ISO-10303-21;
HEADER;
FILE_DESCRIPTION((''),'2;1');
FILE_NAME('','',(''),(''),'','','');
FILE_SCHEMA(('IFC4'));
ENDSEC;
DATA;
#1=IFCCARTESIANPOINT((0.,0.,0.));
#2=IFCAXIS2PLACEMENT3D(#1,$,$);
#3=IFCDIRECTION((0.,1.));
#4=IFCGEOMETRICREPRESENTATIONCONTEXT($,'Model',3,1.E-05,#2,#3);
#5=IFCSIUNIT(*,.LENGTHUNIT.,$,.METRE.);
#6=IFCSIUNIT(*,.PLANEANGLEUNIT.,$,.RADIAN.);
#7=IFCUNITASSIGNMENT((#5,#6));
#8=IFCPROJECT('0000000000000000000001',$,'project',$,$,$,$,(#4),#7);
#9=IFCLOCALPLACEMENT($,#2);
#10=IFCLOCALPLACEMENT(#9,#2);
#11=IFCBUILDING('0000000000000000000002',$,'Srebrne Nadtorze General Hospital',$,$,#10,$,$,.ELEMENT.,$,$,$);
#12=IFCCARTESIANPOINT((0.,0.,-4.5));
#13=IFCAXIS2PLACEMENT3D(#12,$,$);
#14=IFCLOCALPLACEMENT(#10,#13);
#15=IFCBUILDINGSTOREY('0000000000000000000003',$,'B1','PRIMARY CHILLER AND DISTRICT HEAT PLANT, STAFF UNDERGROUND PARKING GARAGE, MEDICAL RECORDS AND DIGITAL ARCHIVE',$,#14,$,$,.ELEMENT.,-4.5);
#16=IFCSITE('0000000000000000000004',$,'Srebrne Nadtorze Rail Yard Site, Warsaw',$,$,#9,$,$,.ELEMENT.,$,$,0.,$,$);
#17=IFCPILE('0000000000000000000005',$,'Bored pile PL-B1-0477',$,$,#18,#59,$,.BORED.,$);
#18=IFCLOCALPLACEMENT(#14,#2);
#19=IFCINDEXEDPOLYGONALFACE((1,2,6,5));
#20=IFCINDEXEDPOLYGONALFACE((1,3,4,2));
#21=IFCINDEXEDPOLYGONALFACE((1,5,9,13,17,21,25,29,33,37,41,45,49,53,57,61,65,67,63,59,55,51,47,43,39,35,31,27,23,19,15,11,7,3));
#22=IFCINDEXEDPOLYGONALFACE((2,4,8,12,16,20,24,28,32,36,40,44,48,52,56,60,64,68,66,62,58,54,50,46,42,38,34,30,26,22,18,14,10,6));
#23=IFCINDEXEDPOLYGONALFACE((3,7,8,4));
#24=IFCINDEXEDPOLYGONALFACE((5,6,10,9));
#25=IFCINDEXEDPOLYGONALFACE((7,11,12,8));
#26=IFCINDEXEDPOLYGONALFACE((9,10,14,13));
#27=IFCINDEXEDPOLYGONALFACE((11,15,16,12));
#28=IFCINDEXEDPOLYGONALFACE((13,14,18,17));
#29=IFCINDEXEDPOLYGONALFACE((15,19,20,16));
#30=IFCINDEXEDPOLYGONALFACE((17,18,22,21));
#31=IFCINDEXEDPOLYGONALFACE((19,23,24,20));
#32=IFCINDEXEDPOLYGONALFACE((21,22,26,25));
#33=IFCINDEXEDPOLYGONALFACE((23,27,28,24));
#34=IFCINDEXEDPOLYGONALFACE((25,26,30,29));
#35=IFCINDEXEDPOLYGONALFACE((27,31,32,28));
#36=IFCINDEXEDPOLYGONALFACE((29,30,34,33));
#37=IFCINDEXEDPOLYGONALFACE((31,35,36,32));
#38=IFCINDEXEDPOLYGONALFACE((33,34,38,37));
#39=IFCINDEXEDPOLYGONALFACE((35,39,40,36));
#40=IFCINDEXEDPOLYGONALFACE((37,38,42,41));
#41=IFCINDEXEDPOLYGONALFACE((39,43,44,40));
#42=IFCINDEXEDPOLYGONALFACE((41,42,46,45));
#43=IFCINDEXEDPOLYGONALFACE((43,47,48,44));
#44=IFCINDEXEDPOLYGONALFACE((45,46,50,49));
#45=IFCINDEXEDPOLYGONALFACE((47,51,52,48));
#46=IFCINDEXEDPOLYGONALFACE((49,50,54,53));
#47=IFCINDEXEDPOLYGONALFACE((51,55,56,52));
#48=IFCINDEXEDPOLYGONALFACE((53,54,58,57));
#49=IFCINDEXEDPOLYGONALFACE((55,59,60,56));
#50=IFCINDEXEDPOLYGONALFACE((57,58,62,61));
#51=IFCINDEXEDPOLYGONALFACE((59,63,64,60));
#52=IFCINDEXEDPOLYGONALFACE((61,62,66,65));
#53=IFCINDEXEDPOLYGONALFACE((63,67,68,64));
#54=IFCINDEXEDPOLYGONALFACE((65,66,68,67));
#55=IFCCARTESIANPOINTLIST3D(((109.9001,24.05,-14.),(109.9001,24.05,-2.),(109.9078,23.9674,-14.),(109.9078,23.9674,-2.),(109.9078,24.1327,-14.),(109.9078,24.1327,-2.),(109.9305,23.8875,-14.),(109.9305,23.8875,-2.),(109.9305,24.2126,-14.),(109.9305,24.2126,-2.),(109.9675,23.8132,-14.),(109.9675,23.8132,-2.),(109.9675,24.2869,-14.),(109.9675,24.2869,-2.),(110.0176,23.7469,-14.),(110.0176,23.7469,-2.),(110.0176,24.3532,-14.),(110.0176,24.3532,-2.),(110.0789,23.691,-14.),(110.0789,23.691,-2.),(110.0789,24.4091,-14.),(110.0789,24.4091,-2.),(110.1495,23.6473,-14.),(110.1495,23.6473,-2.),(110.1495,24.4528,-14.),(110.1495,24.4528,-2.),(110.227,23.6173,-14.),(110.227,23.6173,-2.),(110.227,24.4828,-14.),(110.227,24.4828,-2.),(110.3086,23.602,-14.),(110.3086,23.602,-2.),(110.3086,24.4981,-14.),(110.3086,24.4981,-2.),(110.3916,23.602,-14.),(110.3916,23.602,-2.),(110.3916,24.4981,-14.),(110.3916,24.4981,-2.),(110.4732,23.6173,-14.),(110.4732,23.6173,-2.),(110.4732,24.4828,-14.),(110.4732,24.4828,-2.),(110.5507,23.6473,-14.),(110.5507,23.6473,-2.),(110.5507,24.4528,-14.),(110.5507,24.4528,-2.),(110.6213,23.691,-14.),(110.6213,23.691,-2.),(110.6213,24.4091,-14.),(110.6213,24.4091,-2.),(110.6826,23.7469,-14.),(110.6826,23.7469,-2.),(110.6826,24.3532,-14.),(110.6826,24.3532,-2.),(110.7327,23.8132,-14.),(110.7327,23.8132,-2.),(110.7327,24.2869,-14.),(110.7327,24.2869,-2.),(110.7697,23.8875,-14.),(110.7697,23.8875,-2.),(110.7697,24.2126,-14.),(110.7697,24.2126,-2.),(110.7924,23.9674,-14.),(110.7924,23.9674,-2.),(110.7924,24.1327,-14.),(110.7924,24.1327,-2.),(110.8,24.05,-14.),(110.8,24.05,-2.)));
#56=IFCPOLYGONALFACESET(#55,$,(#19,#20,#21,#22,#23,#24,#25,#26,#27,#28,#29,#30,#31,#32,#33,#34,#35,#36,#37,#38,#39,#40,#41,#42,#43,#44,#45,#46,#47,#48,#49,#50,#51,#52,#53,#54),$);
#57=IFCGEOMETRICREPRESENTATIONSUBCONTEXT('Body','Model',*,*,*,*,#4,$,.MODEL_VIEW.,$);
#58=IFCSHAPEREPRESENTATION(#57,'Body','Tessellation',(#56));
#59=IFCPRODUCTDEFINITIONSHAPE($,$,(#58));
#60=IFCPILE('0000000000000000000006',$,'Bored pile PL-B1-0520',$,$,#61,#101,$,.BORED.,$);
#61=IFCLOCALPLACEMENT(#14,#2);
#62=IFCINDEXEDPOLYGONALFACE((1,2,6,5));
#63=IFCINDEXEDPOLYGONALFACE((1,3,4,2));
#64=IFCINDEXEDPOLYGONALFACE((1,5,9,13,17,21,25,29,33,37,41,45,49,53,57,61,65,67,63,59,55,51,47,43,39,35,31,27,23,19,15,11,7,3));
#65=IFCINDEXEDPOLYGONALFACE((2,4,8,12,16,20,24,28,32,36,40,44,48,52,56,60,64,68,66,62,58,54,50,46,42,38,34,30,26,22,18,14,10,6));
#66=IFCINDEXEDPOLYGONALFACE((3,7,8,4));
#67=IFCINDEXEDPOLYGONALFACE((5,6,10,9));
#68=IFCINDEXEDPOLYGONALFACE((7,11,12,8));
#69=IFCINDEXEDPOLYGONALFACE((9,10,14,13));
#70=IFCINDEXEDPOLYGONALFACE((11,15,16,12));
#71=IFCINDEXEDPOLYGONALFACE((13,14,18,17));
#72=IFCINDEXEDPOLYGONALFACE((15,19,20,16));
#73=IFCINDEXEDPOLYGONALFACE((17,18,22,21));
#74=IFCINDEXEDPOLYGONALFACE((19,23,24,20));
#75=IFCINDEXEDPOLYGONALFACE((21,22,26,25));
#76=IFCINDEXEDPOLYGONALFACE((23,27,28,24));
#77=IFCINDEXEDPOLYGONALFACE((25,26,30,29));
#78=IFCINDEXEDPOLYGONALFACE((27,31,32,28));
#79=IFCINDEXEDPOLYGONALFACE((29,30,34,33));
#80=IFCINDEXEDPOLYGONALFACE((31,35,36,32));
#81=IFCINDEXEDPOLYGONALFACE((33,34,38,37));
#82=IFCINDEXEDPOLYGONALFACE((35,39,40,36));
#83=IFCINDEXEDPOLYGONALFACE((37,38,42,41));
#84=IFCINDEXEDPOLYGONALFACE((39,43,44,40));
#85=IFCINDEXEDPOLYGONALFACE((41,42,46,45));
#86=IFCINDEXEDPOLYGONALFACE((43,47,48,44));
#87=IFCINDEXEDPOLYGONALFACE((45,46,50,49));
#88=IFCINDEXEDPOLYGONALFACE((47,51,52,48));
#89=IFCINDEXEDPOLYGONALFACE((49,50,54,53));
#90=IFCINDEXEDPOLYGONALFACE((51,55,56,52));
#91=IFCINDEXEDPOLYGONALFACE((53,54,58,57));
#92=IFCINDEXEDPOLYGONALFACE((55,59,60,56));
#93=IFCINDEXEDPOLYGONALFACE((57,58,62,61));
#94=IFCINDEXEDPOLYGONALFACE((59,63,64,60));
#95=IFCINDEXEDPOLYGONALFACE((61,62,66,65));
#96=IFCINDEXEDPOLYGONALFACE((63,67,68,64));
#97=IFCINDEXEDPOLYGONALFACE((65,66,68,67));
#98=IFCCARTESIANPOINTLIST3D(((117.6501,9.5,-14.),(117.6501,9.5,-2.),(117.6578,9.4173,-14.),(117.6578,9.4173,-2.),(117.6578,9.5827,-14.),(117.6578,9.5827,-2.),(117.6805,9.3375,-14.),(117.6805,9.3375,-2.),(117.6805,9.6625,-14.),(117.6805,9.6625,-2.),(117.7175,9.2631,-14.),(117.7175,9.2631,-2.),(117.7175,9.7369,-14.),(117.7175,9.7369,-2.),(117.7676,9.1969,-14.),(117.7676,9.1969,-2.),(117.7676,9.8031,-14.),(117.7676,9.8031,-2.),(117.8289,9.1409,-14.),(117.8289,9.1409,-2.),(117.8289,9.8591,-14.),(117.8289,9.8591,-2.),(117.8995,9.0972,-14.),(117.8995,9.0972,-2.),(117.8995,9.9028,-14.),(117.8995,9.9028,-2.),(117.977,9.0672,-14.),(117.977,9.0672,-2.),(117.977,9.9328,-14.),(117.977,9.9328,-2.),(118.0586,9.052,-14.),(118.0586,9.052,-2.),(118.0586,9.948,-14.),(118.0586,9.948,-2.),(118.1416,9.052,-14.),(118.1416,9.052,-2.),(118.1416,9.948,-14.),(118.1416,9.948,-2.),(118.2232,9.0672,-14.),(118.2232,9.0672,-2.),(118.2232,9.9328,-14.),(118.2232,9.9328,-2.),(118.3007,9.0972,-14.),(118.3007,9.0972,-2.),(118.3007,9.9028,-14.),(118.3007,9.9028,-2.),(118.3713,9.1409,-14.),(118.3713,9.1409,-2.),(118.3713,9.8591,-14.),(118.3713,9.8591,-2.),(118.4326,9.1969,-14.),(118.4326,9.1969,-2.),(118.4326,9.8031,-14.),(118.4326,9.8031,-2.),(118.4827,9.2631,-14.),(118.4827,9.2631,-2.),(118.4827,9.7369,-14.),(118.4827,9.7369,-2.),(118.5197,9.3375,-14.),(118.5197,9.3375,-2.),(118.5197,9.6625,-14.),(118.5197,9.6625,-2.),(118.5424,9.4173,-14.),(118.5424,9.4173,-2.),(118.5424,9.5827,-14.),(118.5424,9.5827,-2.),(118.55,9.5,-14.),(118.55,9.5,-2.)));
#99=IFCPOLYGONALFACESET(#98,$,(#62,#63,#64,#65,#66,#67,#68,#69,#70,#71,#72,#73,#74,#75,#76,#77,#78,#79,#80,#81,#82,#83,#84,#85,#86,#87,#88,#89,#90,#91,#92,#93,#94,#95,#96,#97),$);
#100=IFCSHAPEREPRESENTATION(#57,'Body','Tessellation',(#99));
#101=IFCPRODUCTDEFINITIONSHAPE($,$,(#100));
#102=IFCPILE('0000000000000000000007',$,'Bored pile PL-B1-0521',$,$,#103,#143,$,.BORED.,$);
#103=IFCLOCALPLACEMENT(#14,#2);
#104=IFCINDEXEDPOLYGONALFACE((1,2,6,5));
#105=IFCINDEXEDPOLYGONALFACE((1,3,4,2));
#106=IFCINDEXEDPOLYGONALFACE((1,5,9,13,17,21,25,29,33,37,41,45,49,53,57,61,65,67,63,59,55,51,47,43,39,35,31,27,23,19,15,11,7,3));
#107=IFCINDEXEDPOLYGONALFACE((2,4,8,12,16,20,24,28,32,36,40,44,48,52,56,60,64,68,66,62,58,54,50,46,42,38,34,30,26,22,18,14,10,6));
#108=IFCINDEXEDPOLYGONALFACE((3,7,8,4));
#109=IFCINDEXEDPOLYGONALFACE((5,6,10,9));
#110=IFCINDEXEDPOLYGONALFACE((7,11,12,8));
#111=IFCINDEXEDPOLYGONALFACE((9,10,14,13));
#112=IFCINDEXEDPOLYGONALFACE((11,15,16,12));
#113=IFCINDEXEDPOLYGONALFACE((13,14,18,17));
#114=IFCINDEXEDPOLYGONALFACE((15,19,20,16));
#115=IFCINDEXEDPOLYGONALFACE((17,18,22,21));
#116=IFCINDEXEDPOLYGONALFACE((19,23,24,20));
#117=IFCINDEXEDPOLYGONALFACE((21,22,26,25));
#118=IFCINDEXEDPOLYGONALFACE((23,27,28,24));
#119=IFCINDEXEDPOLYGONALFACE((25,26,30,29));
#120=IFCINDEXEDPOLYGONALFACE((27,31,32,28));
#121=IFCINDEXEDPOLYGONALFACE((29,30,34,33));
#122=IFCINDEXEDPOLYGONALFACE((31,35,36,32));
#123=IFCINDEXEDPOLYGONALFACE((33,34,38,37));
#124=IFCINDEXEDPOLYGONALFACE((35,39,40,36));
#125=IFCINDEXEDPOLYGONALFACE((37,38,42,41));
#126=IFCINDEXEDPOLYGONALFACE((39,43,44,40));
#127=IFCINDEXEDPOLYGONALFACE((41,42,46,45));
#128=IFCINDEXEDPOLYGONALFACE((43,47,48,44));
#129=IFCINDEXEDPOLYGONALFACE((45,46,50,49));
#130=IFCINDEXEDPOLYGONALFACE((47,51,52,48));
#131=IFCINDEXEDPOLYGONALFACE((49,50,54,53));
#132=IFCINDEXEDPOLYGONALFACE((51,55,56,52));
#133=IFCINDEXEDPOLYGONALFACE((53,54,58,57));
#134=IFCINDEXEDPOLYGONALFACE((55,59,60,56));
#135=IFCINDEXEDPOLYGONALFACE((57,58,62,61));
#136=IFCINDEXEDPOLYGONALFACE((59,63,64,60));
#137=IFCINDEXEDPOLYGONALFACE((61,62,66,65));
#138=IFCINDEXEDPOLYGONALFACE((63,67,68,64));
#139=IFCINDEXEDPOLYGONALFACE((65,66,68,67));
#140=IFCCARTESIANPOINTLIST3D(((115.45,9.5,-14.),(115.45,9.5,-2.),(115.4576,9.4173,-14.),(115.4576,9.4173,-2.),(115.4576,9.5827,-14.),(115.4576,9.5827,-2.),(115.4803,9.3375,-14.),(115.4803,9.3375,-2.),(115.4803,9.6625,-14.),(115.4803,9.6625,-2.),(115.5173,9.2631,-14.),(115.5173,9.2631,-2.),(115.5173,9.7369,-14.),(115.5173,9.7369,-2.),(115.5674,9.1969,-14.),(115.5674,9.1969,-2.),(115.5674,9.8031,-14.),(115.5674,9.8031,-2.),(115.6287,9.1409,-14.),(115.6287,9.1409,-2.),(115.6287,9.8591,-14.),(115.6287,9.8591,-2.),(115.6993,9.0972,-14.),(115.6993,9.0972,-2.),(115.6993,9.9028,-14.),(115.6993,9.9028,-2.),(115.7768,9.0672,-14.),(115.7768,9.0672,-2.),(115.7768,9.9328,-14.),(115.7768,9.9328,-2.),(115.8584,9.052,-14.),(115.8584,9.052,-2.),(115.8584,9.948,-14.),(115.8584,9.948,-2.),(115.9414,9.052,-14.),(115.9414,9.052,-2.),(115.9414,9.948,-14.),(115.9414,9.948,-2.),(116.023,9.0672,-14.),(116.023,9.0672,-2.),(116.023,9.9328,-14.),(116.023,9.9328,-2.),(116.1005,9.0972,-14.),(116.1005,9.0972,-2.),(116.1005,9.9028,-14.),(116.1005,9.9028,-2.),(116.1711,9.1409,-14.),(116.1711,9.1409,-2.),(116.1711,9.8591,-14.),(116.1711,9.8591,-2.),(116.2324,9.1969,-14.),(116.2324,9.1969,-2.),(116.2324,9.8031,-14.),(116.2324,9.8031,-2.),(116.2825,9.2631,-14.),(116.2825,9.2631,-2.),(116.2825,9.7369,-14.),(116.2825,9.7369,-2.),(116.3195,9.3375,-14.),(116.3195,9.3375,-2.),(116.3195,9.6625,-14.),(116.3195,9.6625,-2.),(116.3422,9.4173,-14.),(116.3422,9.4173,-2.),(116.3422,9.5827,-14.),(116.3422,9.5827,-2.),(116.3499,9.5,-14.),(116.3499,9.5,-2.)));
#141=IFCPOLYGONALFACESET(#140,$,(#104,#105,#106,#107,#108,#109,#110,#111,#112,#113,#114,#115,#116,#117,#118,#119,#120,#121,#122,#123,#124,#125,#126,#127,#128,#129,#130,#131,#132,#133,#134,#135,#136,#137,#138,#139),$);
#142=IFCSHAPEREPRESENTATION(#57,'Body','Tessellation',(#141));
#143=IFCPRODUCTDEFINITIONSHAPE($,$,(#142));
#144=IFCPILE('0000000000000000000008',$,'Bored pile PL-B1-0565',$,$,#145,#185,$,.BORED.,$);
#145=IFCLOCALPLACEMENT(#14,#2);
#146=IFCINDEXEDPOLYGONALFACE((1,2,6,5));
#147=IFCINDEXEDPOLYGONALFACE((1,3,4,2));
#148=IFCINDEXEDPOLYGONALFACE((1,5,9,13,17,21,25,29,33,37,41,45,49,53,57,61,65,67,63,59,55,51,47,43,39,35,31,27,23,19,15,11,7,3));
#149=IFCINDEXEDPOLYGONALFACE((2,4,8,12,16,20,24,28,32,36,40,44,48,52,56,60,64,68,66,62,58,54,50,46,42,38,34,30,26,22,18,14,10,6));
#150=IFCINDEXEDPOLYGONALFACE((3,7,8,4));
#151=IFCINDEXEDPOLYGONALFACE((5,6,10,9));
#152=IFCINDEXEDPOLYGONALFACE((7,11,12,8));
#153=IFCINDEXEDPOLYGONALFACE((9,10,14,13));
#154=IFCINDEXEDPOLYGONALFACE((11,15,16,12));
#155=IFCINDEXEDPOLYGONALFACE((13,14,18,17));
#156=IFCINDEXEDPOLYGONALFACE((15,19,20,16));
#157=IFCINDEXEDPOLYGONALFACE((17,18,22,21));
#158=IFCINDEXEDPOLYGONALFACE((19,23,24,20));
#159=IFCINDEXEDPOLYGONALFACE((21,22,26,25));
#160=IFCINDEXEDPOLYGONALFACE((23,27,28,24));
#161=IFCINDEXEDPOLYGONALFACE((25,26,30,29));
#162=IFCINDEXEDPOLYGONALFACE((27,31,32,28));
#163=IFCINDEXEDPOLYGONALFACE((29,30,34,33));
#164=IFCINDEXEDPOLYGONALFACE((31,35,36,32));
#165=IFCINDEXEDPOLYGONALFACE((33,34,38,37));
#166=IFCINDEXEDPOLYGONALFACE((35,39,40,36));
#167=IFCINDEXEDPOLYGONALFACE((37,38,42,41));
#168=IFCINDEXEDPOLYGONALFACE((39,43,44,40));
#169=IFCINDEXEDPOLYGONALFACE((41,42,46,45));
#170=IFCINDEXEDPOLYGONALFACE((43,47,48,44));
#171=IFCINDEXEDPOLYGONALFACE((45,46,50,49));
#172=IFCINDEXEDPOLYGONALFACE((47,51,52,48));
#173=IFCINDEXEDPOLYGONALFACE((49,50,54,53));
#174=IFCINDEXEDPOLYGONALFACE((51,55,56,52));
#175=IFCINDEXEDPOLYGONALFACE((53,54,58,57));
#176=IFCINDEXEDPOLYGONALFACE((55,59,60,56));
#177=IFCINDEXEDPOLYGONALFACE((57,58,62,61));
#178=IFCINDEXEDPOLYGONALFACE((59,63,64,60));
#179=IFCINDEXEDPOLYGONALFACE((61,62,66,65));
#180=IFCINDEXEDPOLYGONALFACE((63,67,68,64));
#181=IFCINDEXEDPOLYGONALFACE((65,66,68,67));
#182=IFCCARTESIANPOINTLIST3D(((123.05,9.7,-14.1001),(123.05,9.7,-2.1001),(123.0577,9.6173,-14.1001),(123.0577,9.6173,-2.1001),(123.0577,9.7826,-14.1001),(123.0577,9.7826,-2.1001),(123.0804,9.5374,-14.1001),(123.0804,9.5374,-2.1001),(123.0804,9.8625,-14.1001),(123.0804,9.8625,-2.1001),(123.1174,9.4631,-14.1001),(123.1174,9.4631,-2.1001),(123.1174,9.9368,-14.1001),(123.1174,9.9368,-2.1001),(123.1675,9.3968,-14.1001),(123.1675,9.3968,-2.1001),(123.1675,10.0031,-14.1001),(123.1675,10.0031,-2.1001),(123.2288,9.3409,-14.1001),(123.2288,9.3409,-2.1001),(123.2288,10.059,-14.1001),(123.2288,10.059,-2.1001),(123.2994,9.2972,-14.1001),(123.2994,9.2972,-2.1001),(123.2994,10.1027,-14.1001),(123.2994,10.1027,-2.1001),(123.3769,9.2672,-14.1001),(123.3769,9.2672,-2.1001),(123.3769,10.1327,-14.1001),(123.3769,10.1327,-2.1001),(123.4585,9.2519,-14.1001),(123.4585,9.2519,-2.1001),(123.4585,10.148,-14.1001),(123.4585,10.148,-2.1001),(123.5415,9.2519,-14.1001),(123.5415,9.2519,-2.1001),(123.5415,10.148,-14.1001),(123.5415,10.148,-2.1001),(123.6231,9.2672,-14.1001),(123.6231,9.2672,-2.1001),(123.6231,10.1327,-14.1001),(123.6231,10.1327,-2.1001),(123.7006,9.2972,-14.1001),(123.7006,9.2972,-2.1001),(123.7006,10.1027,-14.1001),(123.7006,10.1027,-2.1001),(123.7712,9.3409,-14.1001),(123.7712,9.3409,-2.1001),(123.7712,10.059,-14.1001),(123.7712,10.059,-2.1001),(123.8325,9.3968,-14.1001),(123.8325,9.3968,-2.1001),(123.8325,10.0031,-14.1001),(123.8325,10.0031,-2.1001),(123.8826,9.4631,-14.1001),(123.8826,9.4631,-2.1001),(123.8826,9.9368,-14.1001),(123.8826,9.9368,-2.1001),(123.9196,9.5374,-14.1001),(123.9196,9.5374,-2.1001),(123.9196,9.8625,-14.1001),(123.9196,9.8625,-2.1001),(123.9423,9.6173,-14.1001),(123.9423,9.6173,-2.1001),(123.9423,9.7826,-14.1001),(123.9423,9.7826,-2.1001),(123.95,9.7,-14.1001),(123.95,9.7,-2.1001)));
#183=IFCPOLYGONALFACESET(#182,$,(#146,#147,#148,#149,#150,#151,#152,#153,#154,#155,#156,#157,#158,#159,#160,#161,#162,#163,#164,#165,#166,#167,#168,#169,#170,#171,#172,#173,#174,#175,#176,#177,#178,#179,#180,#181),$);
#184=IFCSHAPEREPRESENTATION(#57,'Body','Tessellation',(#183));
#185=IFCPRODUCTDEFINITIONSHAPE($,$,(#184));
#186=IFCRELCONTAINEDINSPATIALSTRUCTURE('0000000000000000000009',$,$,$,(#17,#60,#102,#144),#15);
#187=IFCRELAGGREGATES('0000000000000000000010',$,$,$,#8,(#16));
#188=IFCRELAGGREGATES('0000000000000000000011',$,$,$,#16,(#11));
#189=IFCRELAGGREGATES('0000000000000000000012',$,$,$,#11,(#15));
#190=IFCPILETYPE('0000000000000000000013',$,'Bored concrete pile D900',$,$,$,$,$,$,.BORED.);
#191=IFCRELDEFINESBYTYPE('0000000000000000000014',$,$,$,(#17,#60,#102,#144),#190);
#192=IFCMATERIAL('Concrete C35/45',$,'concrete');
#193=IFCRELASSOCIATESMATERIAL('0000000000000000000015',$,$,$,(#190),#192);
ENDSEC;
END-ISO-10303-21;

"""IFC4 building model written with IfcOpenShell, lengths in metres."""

from ifc_helpers import new_model, si_unit, direction, frame, origin, origin_2d, place, context, subcontext, project, spatial, circle, extrude, material, material_profile, profile_set, type_object, element, save


model = new_model("IFC4")

# Units and contexts
model_context = context("Model", 3, precision=1e-05, world=origin(), true_north=direction((0.0, 1.0)))
body_context = subcontext(model_context, "Body", "Model", "MODEL_VIEW")
ifc_project = project(units=[si_unit("LENGTHUNIT", "METRE"), si_unit("PLANEANGLEUNIT", "RADIAN")], contexts=[model_context])

# Site, building, storey
site_placement = place(None, origin())
site = spatial("IfcSite", under=ifc_project, at=site_placement, Name="Srebrne Nadtorze Rail Yard Site, Warsaw", CompositionType="ELEMENT", RefElevation=0.0)
building_placement = place(site_placement, origin())
building = spatial("IfcBuilding", under=site, at=building_placement, Name="Srebrne Nadtorze General Hospital", CompositionType="ELEMENT")
storey_placement = place(building_placement, frame((0.0, 0.0, -4.5)))
storey = spatial("IfcBuildingStorey", under=building, at=storey_placement, Name="B1", Description="PRIMARY CHILLER AND DISTRICT HEAT PLANT, STAFF UNDERGROUND PARKING GARAGE, MEDICAL RECORDS AND DIGITAL ARCHIVE", CompositionType="ELEMENT", Elevation=-4.5)

# Piles
ifc_material_1 = material(Name="Concrete C35/45", Category="concrete")
ifc_material_profile_1 = material_profile(ifc_material_1, circle(Radius=0.45, at=origin_2d()), Name="PILE-D900")
ifc_profile_set_1 = profile_set([ifc_material_profile_1], Name="Concrete C35/45")
pile_type_1 = type_object("IfcPileType", Name="Bored concrete pile D900", PredefinedType="BORED", material=ifc_profile_set_1)
for number, where, z_axis, x_axis, name in (
    (1, (110.3501, 24.05, -2.0), (0.0, 0.0, -1.0), (1.0, 0.0, 0.0), "Bored pile PL-B1-0477"),
    (2, (118.1001, 9.5, -2.0), (0.0, 0.0, -1.0), (1.0, 0.0, 0.0), "Bored pile PL-B1-0520"),
    (3, (115.8999, 9.5, -2.0), (0.0, 0.0, -1.0), (1.0, 0.0, 0.0), "Bored pile PL-B1-0521"),
    (4, (123.5, 9.7, -2.1001), (0.0, 0.0, -1.0), (1.0, 0.0, 0.0), "Bored pile PL-B1-0565"),
):
    element("IfcPile", number, at=place(storey_placement, frame(where, z_axis=z_axis, x_axis=x_axis)), inside=storey, type_object=pile_type_1, Name=name, PredefinedType="BORED", context=body_context, shape_type="SweptSolid", body=[
        extrude(circle(Radius=0.45, at=origin_2d()), origin(), (0.0, 0.0, 1.0), 12.0),
    ])

save(model, "model.ifc")
